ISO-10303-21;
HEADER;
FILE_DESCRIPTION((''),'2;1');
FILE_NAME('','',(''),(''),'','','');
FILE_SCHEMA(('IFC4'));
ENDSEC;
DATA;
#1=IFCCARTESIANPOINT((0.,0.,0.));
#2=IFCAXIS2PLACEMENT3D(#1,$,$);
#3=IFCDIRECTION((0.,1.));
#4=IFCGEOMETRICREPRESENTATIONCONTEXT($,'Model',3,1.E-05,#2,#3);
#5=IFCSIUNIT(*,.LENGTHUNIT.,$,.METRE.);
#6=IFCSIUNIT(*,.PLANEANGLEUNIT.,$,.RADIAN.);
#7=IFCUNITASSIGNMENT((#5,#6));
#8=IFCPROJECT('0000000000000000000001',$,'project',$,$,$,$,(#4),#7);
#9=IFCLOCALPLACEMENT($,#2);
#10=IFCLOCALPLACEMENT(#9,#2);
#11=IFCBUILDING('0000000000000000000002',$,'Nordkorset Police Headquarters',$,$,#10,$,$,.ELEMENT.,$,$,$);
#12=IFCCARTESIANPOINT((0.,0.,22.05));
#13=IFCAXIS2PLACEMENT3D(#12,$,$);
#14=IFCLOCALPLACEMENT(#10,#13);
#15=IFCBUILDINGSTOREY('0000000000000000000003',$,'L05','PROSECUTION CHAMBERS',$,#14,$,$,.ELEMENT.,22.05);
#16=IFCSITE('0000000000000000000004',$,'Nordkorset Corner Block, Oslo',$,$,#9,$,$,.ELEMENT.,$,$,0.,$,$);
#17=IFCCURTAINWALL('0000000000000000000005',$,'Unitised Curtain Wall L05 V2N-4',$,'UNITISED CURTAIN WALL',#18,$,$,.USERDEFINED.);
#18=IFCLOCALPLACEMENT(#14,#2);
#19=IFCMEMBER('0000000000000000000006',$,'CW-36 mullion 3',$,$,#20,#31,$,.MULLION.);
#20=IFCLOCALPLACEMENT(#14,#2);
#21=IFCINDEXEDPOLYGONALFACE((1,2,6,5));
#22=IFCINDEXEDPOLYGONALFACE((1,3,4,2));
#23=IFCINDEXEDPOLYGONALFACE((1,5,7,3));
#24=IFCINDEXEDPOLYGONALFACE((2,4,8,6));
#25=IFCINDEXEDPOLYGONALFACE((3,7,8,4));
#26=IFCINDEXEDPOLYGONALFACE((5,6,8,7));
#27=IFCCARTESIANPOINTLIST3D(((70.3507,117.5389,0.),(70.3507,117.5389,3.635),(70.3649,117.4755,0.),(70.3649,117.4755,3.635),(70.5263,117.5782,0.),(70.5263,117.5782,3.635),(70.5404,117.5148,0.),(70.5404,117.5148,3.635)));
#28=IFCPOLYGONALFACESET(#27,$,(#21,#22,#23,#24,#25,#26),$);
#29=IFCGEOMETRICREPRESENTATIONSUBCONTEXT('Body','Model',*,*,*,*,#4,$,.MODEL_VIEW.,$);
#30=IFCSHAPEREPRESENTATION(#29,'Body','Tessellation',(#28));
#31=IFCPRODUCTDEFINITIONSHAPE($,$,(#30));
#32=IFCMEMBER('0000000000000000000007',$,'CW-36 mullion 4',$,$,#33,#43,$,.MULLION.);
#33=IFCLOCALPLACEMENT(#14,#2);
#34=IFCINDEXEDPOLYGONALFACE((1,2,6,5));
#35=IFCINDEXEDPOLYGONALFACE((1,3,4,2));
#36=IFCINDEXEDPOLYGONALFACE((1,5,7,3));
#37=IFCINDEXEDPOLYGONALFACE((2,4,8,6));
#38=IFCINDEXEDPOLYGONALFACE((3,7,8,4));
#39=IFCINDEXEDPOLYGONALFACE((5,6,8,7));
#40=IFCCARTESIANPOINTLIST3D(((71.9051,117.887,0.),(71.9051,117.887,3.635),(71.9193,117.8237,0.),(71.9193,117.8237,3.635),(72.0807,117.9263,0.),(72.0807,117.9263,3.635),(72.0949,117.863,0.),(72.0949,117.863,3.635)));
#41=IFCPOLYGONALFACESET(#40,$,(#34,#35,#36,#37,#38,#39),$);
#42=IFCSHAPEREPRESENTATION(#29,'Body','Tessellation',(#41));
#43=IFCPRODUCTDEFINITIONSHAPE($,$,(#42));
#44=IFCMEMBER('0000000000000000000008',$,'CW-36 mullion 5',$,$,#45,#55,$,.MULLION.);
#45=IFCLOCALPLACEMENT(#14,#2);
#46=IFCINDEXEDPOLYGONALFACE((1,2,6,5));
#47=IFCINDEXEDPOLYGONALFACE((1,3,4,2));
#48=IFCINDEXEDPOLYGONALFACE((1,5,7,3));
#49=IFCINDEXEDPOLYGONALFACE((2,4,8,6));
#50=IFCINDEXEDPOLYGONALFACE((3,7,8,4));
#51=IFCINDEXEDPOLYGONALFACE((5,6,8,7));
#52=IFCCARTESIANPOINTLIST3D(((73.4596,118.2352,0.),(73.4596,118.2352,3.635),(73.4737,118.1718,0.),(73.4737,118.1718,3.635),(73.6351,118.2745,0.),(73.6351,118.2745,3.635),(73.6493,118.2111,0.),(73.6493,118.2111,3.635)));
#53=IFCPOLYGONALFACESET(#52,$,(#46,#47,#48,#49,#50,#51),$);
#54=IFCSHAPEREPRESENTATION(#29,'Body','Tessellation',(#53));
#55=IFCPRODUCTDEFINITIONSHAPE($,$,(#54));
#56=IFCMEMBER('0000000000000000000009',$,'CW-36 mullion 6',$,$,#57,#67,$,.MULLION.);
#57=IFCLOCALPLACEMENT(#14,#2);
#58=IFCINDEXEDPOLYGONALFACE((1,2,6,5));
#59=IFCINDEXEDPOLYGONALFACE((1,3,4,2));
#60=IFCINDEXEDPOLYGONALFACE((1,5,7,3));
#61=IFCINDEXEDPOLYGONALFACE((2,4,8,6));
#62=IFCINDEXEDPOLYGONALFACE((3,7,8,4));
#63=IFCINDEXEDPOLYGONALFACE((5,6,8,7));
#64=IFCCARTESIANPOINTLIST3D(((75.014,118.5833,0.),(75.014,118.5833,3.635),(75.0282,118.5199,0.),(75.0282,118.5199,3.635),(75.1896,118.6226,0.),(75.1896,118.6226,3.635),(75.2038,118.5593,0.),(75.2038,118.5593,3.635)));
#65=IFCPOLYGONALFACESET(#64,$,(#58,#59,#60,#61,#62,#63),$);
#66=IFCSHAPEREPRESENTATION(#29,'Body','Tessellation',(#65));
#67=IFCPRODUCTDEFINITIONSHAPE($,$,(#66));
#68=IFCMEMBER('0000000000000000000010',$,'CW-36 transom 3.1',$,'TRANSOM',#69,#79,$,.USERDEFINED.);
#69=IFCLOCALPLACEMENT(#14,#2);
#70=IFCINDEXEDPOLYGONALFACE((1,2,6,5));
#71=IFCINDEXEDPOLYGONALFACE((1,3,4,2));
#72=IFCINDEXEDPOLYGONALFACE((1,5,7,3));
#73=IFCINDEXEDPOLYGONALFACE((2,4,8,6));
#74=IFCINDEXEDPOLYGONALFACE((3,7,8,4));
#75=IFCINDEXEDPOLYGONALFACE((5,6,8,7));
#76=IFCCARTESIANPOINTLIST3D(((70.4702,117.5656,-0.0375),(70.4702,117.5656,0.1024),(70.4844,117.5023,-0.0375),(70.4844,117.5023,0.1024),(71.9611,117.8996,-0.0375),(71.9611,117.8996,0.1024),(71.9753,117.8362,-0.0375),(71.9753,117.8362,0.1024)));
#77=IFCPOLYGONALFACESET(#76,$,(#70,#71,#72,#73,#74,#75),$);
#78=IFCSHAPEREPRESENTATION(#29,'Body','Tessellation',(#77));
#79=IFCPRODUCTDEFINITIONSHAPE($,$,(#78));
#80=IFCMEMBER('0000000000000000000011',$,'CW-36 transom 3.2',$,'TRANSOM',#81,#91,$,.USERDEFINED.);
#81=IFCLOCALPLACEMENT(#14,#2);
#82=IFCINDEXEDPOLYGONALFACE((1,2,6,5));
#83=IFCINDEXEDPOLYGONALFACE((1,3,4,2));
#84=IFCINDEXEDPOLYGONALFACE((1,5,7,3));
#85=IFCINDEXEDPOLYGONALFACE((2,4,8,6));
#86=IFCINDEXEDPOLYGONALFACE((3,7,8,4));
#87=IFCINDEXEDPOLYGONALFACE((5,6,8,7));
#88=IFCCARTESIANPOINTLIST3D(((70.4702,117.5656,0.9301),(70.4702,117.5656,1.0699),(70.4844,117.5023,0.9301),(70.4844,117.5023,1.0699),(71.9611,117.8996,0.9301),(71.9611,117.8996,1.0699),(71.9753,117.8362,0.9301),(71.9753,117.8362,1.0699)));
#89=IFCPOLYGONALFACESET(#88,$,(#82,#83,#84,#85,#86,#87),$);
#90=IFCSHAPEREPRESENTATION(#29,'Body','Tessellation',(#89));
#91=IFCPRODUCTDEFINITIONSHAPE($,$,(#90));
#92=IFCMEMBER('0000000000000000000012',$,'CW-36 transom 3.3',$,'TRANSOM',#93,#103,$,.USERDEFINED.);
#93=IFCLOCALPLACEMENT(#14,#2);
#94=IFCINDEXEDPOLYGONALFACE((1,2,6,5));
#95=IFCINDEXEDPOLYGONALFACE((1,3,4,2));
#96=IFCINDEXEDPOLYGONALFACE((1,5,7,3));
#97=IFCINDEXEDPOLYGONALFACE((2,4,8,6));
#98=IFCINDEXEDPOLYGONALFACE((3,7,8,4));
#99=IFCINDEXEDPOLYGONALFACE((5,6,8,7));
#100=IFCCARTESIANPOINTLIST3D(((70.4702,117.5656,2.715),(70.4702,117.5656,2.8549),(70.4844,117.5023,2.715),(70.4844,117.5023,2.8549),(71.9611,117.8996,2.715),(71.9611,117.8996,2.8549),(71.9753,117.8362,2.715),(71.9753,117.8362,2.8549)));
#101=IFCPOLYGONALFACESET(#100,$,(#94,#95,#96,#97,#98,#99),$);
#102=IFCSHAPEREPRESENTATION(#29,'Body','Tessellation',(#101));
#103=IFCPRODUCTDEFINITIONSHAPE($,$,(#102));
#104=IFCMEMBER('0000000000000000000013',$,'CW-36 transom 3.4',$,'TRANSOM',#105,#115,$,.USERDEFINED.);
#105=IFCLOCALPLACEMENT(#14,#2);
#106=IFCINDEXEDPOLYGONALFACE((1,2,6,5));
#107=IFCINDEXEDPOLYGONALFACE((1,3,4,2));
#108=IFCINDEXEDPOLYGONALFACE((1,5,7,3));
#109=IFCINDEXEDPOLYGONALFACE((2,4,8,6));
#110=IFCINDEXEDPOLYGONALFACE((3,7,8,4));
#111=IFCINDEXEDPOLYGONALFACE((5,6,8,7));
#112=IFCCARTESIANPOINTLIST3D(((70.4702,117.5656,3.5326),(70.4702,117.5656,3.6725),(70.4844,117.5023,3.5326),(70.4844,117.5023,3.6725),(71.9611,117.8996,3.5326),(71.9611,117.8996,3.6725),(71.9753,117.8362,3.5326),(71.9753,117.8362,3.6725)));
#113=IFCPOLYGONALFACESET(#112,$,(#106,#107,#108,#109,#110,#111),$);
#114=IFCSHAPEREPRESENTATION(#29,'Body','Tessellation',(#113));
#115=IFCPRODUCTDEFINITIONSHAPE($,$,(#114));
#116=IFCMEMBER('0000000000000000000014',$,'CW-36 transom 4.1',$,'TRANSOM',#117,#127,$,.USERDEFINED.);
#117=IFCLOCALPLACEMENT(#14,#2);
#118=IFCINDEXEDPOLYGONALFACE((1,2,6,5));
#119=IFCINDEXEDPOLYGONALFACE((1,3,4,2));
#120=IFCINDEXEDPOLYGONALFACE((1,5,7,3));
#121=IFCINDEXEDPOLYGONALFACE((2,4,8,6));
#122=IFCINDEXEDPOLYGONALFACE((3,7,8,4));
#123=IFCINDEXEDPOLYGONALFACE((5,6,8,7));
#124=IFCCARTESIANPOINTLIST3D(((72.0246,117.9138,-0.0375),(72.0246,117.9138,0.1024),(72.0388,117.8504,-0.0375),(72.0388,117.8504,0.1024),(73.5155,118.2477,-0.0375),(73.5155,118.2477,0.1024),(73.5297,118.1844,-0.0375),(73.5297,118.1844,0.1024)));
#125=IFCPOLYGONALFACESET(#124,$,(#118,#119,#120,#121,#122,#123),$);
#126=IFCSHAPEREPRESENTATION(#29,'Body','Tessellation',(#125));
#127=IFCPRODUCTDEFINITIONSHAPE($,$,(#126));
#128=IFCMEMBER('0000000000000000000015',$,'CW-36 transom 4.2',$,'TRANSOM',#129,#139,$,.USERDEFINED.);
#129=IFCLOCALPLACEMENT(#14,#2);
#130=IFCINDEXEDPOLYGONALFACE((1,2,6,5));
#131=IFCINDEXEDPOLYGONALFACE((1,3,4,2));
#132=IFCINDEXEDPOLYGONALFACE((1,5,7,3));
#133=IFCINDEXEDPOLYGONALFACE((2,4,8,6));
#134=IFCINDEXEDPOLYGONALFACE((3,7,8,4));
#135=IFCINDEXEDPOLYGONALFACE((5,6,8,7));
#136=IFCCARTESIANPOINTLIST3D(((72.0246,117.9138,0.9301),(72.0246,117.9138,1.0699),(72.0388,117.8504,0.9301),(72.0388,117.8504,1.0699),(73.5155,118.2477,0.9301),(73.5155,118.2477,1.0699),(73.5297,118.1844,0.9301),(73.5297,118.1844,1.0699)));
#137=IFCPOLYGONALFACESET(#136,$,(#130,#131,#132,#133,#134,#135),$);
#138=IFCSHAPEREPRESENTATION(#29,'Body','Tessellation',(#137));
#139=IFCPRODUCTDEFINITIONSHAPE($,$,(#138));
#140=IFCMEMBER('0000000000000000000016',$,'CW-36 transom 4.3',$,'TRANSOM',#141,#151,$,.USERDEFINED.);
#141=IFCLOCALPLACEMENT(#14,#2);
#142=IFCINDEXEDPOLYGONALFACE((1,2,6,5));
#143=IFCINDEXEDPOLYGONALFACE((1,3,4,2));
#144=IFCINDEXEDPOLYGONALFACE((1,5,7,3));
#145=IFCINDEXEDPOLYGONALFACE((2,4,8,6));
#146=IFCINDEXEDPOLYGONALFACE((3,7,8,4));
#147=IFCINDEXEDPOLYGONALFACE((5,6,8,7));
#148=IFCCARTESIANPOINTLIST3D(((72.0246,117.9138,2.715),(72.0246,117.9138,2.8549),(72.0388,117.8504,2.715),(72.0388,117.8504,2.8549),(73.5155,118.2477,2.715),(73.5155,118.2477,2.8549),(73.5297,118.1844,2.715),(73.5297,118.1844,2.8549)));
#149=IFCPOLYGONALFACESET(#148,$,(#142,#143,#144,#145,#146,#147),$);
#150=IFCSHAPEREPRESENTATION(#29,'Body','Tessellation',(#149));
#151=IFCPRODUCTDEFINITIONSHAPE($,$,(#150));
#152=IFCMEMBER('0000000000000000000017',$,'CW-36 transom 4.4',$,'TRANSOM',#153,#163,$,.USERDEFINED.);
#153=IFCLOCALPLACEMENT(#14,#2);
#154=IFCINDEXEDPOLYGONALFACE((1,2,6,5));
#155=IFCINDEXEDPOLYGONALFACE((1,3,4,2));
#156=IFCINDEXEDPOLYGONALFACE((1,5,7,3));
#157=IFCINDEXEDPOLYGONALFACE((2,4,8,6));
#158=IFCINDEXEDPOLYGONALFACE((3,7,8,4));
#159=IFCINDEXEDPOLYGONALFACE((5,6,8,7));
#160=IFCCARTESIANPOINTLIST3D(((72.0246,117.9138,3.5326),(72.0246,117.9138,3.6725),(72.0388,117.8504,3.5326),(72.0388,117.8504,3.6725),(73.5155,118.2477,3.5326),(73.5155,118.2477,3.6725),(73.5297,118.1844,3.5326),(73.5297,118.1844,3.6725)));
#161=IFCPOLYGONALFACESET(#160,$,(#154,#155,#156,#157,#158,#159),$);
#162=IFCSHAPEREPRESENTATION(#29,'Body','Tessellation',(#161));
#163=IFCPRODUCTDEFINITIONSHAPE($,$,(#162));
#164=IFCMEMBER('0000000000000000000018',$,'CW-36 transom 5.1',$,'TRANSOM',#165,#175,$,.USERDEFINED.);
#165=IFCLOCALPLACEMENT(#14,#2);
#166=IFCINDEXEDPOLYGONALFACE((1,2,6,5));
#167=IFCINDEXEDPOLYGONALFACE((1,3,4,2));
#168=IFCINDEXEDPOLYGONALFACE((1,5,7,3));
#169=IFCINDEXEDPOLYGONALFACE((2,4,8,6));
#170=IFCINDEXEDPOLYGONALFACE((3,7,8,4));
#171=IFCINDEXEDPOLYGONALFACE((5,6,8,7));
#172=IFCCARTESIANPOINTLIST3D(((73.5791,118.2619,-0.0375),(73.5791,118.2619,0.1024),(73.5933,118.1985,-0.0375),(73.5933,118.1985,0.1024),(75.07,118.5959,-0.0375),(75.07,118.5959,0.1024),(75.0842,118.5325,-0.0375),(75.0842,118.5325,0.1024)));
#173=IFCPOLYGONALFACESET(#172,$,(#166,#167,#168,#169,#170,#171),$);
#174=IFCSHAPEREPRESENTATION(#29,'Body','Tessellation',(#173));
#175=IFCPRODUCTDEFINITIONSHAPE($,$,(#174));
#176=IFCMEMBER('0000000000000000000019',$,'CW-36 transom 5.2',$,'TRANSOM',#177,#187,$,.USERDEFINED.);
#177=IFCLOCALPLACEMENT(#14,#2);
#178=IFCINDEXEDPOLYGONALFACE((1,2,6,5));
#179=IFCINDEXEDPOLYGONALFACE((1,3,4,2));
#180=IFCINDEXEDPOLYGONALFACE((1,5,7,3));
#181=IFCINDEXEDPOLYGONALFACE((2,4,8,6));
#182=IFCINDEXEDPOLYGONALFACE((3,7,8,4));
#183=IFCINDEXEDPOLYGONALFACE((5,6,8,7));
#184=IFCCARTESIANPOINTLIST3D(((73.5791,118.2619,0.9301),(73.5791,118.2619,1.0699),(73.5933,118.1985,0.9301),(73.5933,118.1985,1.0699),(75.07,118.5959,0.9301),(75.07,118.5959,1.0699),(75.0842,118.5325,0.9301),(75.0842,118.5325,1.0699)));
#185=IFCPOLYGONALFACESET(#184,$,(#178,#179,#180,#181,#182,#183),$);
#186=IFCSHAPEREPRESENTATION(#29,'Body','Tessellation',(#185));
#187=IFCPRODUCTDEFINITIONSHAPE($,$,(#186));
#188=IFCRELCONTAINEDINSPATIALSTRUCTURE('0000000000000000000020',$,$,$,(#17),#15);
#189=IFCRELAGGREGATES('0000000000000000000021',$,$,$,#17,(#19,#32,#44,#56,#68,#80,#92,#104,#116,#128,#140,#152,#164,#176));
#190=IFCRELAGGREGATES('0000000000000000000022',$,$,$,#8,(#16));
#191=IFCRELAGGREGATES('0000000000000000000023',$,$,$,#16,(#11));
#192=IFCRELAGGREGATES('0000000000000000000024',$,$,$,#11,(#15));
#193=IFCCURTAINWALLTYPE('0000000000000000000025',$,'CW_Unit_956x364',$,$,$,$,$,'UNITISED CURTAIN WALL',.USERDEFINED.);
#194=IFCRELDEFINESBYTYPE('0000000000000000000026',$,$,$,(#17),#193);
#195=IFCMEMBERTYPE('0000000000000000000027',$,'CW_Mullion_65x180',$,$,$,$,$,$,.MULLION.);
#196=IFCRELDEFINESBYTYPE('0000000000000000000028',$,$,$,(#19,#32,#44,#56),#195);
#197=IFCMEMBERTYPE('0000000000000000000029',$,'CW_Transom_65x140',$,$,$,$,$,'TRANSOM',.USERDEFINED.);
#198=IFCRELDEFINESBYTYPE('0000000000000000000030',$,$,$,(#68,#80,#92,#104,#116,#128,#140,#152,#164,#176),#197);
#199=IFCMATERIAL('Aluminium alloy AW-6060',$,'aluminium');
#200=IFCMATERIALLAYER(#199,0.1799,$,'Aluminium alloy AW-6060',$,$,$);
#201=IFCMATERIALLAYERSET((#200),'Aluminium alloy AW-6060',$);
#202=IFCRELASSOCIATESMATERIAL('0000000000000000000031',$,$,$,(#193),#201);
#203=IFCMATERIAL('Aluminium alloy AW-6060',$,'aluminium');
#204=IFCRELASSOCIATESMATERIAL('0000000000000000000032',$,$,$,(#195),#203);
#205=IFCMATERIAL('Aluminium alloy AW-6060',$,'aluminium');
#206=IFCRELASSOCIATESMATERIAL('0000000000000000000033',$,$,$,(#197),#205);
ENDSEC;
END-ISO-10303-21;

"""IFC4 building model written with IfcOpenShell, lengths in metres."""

from ifc_helpers import new_model, si_unit, direction, frame, origin, origin_2d, place, context, subcontext, project, spatial, rectangle, extrude, material, layer, layer_set, material_profile, profile_set, type_object, element, aggregate, save


model = new_model("IFC4")

# Units and contexts
model_context = context("Model", 3, precision=1e-05, world=origin(), true_north=direction((0.0, 1.0)))
body_context = subcontext(model_context, "Body", "Model", "MODEL_VIEW")
ifc_project = project(units=[si_unit("LENGTHUNIT", "METRE"), si_unit("PLANEANGLEUNIT", "RADIAN")], contexts=[model_context])

# Site, building, storey
site_placement = place(None, origin())
site = spatial("IfcSite", under=ifc_project, at=site_placement, Name="Nordkorset Corner Block, Oslo", CompositionType="ELEMENT", RefElevation=0.0)
building_placement = place(site_placement, origin())
building = spatial("IfcBuilding", under=site, at=building_placement, Name="Nordkorset Police Headquarters", CompositionType="ELEMENT")
storey_placement = place(building_placement, frame((0.0, 0.0, 22.05)))
storey = spatial("IfcBuildingStorey", under=building, at=storey_placement, Name="L05", Description="PROSECUTION CHAMBERS", CompositionType="ELEMENT", Elevation=22.05)

# Curtain wall, members
ifc_material_1 = material(Name="Aluminium alloy AW-6060", Category="aluminium")
ifc_layer_1 = layer(ifc_material_1, 0.1799, Name="Aluminium alloy AW-6060")
ifc_layer_set_1 = layer_set([ifc_layer_1], Name="Aluminium alloy AW-6060")
curtain_wall_type = type_object("IfcCurtainWallType", Name="CW_Unit_956x364", ElementType="UNITISED CURTAIN WALL", PredefinedType="USERDEFINED", material=ifc_layer_set_1)
curtain_wall_placement = place(storey_placement, origin())
curtain_wall = element("IfcCurtainWall", 1, at=curtain_wall_placement, inside=storey, type_object=curtain_wall_type, Name="Unitised Curtain Wall L05 V2N-4", ObjectType="UNITISED CURTAIN WALL", PredefinedType="USERDEFINED")
ifc_material_2 = material(Name="Aluminium alloy AW-6060", Category="aluminium")
ifc_material_profile_1 = material_profile(ifc_material_2, rectangle(XDim=0.0649, YDim=0.1799, at=origin_2d()), Name="ALU MULL 65x180")
ifc_profile_set_1 = profile_set([ifc_material_profile_1], Name="Aluminium alloy AW-6060")
member_type_1 = type_object("IfcMemberType", Name="CW_Mullion_65x180", PredefinedType="MULLION", material=ifc_profile_set_1)
member_1_placement = place(storey_placement, frame((70.4456, 117.5269, 0.0), z_axis=(0.0, 0.0, 1.0), x_axis=(-0.218544, 0.975827, 0.0)))
member_1 = element("IfcMember", 2, at=member_1_placement, type_object=member_type_1, Name="CW-36 mullion 3", PredefinedType="MULLION", context=body_context, shape_type="SweptSolid", body=[
    extrude(rectangle(XDim=0.0649, YDim=0.1799, at=origin_2d()), origin(), (0.0, 0.0, 1.0), 3.635),
])
member_2_placement = place(storey_placement, frame((72.0, 117.875, 0.0), z_axis=(0.0, 0.0, 1.0), x_axis=(-0.218544, 0.975827, 0.0)))
member_2 = element("IfcMember", 3, at=member_2_placement, type_object=member_type_1, Name="CW-36 mullion 4", PredefinedType="MULLION", context=body_context, shape_type="SweptSolid", body=[
    extrude(rectangle(XDim=0.0649, YDim=0.1799, at=origin_2d()), origin(), (0.0, 0.0, 1.0), 3.635),
])
member_3_placement = place(storey_placement, frame((73.5544, 118.2231, 0.0), z_axis=(0.0, 0.0, 1.0), x_axis=(-0.218544, 0.975827, 0.0)))
member_3 = element("IfcMember", 4, at=member_3_placement, type_object=member_type_1, Name="CW-36 mullion 5", PredefinedType="MULLION", context=body_context, shape_type="SweptSolid", body=[
    extrude(rectangle(XDim=0.0649, YDim=0.1799, at=origin_2d()), origin(), (0.0, 0.0, 1.0), 3.635),
])
member_4_placement = place(storey_placement, frame((75.1089, 118.5713, 0.0), z_axis=(0.0, 0.0, 1.0), x_axis=(-0.218544, 0.975827, 0.0)))
member_4 = element("IfcMember", 5, at=member_4_placement, type_object=member_type_1, Name="CW-36 mullion 6", PredefinedType="MULLION", context=body_context, shape_type="SweptSolid", body=[
    extrude(rectangle(XDim=0.0649, YDim=0.1799, at=origin_2d()), origin(), (0.0, 0.0, 1.0), 3.635),
])
ifc_material_3 = material(Name="Aluminium alloy AW-6060", Category="aluminium")
ifc_material_profile_2 = material_profile(ifc_material_3, rectangle(XDim=0.0649, YDim=0.1399, at=origin_2d()), Name="ALU TRAN 65x140")
ifc_profile_set_2 = profile_set([ifc_material_profile_2], Name="Aluminium alloy AW-6060")
member_type_2 = type_object("IfcMemberType", Name="CW_Transom_65x140", ElementType="TRANSOM", PredefinedType="USERDEFINED", material=ifc_profile_set_2)
member_5_placement = place(storey_placement, frame((70.4773, 117.5339, 0.0325), z_axis=(0.975817, 0.218588, 0.0), x_axis=(-0.218588, 0.975817, 0.0)))
member_5 = element("IfcMember", 6, at=member_5_placement, type_object=member_type_2, Name="CW-36 transom 3.1", ObjectType="TRANSOM", PredefinedType="USERDEFINED", context=body_context, shape_type="SweptSolid", body=[
    extrude(rectangle(XDim=0.0649, YDim=0.1399, at=origin_2d()), origin(), (0.0, 0.0, 1.0), 1.5278),
])
member_6_placement = place(storey_placement, frame((70.4773, 117.5339, 1.0), z_axis=(0.975817, 0.218588, 0.0), x_axis=(-0.218588, 0.975817, 0.0)))
member_6 = element("IfcMember", 7, at=member_6_placement, type_object=member_type_2, Name="CW-36 transom 3.2", ObjectType="TRANSOM", PredefinedType="USERDEFINED", context=body_context, shape_type="SweptSolid", body=[
    extrude(rectangle(XDim=0.0649, YDim=0.1399, at=origin_2d()), origin(), (0.0, 0.0, 1.0), 1.5278),
])
member_7_placement = place(storey_placement, frame((70.4773, 117.5339, 2.7849), z_axis=(0.975817, 0.218588, 0.0), x_axis=(-0.218588, 0.975817, 0.0)))
member_7 = element("IfcMember", 8, at=member_7_placement, type_object=member_type_2, Name="CW-36 transom 3.3", ObjectType="TRANSOM", PredefinedType="USERDEFINED", context=body_context, shape_type="SweptSolid", body=[
    extrude(rectangle(XDim=0.0649, YDim=0.1399, at=origin_2d()), origin(), (0.0, 0.0, 1.0), 1.5278),
])
member_8_placement = place(storey_placement, frame((70.4773, 117.5339, 3.6025), z_axis=(0.975817, 0.218588, 0.0), x_axis=(-0.218588, 0.975817, 0.0)))
member_8 = element("IfcMember", 9, at=member_8_placement, type_object=member_type_2, Name="CW-36 transom 3.4", ObjectType="TRANSOM", PredefinedType="USERDEFINED", context=body_context, shape_type="SweptSolid", body=[
    extrude(rectangle(XDim=0.0649, YDim=0.1399, at=origin_2d()), origin(), (0.0, 0.0, 1.0), 1.5278),
])
member_9_placement = place(storey_placement, frame((72.0317, 117.8821, 0.0325), z_axis=(0.975817, 0.218588, 0.0), x_axis=(-0.218588, 0.975817, 0.0)))
member_9 = element("IfcMember", 10, at=member_9_placement, type_object=member_type_2, Name="CW-36 transom 4.1", ObjectType="TRANSOM", PredefinedType="USERDEFINED", context=body_context, shape_type="SweptSolid", body=[
    extrude(rectangle(XDim=0.0649, YDim=0.1399, at=origin_2d()), origin(), (0.0, 0.0, 1.0), 1.5278),
])
member_10_placement = place(storey_placement, frame((72.0317, 117.8821, 1.0), z_axis=(0.975817, 0.218588, 0.0), x_axis=(-0.218588, 0.975817, 0.0)))
member_10 = element("IfcMember", 11, at=member_10_placement, type_object=member_type_2, Name="CW-36 transom 4.2", ObjectType="TRANSOM", PredefinedType="USERDEFINED", context=body_context, shape_type="SweptSolid", body=[
    extrude(rectangle(XDim=0.0649, YDim=0.1399, at=origin_2d()), origin(), (0.0, 0.0, 1.0), 1.5278),
])
member_11_placement = place(storey_placement, frame((72.0317, 117.8821, 2.7849), z_axis=(0.975817, 0.218588, 0.0), x_axis=(-0.218588, 0.975817, 0.0)))
member_11 = element("IfcMember", 12, at=member_11_placement, type_object=member_type_2, Name="CW-36 transom 4.3", ObjectType="TRANSOM", PredefinedType="USERDEFINED", context=body_context, shape_type="SweptSolid", body=[
    extrude(rectangle(XDim=0.0649, YDim=0.1399, at=origin_2d()), origin(), (0.0, 0.0, 1.0), 1.5278),
])
member_12_placement = place(storey_placement, frame((72.0317, 117.8821, 3.6025), z_axis=(0.975817, 0.218588, 0.0), x_axis=(-0.218588, 0.975817, 0.0)))
member_12 = element("IfcMember", 13, at=member_12_placement, type_object=member_type_2, Name="CW-36 transom 4.4", ObjectType="TRANSOM", PredefinedType="USERDEFINED", context=body_context, shape_type="SweptSolid", body=[
    extrude(rectangle(XDim=0.0649, YDim=0.1399, at=origin_2d()), origin(), (0.0, 0.0, 1.0), 1.5278),
])
member_13_placement = place(storey_placement, frame((73.5862, 118.2302, 0.0325), z_axis=(0.975817, 0.218588, 0.0), x_axis=(-0.218588, 0.975817, 0.0)))
member_13 = element("IfcMember", 14, at=member_13_placement, type_object=member_type_2, Name="CW-36 transom 5.1", ObjectType="TRANSOM", PredefinedType="USERDEFINED", context=body_context, shape_type="SweptSolid", body=[
    extrude(rectangle(XDim=0.0649, YDim=0.1399, at=origin_2d()), origin(), (0.0, 0.0, 1.0), 1.5278),
])
member_14_placement = place(storey_placement, frame((73.5862, 118.2302, 1.0), z_axis=(0.975817, 0.218588, 0.0), x_axis=(-0.218588, 0.975817, 0.0)))
member_14 = element("IfcMember", 15, at=member_14_placement, type_object=member_type_2, Name="CW-36 transom 5.2", ObjectType="TRANSOM", PredefinedType="USERDEFINED", context=body_context, shape_type="SweptSolid", body=[
    extrude(rectangle(XDim=0.0649, YDim=0.1399, at=origin_2d()), origin(), (0.0, 0.0, 1.0), 1.5278),
])
aggregate(curtain_wall, [member_1, member_2, member_3, member_4, member_5, member_6, member_7, member_8, member_9, member_10, member_11, member_12, member_13, member_14])

save(model, "model.ifc")
